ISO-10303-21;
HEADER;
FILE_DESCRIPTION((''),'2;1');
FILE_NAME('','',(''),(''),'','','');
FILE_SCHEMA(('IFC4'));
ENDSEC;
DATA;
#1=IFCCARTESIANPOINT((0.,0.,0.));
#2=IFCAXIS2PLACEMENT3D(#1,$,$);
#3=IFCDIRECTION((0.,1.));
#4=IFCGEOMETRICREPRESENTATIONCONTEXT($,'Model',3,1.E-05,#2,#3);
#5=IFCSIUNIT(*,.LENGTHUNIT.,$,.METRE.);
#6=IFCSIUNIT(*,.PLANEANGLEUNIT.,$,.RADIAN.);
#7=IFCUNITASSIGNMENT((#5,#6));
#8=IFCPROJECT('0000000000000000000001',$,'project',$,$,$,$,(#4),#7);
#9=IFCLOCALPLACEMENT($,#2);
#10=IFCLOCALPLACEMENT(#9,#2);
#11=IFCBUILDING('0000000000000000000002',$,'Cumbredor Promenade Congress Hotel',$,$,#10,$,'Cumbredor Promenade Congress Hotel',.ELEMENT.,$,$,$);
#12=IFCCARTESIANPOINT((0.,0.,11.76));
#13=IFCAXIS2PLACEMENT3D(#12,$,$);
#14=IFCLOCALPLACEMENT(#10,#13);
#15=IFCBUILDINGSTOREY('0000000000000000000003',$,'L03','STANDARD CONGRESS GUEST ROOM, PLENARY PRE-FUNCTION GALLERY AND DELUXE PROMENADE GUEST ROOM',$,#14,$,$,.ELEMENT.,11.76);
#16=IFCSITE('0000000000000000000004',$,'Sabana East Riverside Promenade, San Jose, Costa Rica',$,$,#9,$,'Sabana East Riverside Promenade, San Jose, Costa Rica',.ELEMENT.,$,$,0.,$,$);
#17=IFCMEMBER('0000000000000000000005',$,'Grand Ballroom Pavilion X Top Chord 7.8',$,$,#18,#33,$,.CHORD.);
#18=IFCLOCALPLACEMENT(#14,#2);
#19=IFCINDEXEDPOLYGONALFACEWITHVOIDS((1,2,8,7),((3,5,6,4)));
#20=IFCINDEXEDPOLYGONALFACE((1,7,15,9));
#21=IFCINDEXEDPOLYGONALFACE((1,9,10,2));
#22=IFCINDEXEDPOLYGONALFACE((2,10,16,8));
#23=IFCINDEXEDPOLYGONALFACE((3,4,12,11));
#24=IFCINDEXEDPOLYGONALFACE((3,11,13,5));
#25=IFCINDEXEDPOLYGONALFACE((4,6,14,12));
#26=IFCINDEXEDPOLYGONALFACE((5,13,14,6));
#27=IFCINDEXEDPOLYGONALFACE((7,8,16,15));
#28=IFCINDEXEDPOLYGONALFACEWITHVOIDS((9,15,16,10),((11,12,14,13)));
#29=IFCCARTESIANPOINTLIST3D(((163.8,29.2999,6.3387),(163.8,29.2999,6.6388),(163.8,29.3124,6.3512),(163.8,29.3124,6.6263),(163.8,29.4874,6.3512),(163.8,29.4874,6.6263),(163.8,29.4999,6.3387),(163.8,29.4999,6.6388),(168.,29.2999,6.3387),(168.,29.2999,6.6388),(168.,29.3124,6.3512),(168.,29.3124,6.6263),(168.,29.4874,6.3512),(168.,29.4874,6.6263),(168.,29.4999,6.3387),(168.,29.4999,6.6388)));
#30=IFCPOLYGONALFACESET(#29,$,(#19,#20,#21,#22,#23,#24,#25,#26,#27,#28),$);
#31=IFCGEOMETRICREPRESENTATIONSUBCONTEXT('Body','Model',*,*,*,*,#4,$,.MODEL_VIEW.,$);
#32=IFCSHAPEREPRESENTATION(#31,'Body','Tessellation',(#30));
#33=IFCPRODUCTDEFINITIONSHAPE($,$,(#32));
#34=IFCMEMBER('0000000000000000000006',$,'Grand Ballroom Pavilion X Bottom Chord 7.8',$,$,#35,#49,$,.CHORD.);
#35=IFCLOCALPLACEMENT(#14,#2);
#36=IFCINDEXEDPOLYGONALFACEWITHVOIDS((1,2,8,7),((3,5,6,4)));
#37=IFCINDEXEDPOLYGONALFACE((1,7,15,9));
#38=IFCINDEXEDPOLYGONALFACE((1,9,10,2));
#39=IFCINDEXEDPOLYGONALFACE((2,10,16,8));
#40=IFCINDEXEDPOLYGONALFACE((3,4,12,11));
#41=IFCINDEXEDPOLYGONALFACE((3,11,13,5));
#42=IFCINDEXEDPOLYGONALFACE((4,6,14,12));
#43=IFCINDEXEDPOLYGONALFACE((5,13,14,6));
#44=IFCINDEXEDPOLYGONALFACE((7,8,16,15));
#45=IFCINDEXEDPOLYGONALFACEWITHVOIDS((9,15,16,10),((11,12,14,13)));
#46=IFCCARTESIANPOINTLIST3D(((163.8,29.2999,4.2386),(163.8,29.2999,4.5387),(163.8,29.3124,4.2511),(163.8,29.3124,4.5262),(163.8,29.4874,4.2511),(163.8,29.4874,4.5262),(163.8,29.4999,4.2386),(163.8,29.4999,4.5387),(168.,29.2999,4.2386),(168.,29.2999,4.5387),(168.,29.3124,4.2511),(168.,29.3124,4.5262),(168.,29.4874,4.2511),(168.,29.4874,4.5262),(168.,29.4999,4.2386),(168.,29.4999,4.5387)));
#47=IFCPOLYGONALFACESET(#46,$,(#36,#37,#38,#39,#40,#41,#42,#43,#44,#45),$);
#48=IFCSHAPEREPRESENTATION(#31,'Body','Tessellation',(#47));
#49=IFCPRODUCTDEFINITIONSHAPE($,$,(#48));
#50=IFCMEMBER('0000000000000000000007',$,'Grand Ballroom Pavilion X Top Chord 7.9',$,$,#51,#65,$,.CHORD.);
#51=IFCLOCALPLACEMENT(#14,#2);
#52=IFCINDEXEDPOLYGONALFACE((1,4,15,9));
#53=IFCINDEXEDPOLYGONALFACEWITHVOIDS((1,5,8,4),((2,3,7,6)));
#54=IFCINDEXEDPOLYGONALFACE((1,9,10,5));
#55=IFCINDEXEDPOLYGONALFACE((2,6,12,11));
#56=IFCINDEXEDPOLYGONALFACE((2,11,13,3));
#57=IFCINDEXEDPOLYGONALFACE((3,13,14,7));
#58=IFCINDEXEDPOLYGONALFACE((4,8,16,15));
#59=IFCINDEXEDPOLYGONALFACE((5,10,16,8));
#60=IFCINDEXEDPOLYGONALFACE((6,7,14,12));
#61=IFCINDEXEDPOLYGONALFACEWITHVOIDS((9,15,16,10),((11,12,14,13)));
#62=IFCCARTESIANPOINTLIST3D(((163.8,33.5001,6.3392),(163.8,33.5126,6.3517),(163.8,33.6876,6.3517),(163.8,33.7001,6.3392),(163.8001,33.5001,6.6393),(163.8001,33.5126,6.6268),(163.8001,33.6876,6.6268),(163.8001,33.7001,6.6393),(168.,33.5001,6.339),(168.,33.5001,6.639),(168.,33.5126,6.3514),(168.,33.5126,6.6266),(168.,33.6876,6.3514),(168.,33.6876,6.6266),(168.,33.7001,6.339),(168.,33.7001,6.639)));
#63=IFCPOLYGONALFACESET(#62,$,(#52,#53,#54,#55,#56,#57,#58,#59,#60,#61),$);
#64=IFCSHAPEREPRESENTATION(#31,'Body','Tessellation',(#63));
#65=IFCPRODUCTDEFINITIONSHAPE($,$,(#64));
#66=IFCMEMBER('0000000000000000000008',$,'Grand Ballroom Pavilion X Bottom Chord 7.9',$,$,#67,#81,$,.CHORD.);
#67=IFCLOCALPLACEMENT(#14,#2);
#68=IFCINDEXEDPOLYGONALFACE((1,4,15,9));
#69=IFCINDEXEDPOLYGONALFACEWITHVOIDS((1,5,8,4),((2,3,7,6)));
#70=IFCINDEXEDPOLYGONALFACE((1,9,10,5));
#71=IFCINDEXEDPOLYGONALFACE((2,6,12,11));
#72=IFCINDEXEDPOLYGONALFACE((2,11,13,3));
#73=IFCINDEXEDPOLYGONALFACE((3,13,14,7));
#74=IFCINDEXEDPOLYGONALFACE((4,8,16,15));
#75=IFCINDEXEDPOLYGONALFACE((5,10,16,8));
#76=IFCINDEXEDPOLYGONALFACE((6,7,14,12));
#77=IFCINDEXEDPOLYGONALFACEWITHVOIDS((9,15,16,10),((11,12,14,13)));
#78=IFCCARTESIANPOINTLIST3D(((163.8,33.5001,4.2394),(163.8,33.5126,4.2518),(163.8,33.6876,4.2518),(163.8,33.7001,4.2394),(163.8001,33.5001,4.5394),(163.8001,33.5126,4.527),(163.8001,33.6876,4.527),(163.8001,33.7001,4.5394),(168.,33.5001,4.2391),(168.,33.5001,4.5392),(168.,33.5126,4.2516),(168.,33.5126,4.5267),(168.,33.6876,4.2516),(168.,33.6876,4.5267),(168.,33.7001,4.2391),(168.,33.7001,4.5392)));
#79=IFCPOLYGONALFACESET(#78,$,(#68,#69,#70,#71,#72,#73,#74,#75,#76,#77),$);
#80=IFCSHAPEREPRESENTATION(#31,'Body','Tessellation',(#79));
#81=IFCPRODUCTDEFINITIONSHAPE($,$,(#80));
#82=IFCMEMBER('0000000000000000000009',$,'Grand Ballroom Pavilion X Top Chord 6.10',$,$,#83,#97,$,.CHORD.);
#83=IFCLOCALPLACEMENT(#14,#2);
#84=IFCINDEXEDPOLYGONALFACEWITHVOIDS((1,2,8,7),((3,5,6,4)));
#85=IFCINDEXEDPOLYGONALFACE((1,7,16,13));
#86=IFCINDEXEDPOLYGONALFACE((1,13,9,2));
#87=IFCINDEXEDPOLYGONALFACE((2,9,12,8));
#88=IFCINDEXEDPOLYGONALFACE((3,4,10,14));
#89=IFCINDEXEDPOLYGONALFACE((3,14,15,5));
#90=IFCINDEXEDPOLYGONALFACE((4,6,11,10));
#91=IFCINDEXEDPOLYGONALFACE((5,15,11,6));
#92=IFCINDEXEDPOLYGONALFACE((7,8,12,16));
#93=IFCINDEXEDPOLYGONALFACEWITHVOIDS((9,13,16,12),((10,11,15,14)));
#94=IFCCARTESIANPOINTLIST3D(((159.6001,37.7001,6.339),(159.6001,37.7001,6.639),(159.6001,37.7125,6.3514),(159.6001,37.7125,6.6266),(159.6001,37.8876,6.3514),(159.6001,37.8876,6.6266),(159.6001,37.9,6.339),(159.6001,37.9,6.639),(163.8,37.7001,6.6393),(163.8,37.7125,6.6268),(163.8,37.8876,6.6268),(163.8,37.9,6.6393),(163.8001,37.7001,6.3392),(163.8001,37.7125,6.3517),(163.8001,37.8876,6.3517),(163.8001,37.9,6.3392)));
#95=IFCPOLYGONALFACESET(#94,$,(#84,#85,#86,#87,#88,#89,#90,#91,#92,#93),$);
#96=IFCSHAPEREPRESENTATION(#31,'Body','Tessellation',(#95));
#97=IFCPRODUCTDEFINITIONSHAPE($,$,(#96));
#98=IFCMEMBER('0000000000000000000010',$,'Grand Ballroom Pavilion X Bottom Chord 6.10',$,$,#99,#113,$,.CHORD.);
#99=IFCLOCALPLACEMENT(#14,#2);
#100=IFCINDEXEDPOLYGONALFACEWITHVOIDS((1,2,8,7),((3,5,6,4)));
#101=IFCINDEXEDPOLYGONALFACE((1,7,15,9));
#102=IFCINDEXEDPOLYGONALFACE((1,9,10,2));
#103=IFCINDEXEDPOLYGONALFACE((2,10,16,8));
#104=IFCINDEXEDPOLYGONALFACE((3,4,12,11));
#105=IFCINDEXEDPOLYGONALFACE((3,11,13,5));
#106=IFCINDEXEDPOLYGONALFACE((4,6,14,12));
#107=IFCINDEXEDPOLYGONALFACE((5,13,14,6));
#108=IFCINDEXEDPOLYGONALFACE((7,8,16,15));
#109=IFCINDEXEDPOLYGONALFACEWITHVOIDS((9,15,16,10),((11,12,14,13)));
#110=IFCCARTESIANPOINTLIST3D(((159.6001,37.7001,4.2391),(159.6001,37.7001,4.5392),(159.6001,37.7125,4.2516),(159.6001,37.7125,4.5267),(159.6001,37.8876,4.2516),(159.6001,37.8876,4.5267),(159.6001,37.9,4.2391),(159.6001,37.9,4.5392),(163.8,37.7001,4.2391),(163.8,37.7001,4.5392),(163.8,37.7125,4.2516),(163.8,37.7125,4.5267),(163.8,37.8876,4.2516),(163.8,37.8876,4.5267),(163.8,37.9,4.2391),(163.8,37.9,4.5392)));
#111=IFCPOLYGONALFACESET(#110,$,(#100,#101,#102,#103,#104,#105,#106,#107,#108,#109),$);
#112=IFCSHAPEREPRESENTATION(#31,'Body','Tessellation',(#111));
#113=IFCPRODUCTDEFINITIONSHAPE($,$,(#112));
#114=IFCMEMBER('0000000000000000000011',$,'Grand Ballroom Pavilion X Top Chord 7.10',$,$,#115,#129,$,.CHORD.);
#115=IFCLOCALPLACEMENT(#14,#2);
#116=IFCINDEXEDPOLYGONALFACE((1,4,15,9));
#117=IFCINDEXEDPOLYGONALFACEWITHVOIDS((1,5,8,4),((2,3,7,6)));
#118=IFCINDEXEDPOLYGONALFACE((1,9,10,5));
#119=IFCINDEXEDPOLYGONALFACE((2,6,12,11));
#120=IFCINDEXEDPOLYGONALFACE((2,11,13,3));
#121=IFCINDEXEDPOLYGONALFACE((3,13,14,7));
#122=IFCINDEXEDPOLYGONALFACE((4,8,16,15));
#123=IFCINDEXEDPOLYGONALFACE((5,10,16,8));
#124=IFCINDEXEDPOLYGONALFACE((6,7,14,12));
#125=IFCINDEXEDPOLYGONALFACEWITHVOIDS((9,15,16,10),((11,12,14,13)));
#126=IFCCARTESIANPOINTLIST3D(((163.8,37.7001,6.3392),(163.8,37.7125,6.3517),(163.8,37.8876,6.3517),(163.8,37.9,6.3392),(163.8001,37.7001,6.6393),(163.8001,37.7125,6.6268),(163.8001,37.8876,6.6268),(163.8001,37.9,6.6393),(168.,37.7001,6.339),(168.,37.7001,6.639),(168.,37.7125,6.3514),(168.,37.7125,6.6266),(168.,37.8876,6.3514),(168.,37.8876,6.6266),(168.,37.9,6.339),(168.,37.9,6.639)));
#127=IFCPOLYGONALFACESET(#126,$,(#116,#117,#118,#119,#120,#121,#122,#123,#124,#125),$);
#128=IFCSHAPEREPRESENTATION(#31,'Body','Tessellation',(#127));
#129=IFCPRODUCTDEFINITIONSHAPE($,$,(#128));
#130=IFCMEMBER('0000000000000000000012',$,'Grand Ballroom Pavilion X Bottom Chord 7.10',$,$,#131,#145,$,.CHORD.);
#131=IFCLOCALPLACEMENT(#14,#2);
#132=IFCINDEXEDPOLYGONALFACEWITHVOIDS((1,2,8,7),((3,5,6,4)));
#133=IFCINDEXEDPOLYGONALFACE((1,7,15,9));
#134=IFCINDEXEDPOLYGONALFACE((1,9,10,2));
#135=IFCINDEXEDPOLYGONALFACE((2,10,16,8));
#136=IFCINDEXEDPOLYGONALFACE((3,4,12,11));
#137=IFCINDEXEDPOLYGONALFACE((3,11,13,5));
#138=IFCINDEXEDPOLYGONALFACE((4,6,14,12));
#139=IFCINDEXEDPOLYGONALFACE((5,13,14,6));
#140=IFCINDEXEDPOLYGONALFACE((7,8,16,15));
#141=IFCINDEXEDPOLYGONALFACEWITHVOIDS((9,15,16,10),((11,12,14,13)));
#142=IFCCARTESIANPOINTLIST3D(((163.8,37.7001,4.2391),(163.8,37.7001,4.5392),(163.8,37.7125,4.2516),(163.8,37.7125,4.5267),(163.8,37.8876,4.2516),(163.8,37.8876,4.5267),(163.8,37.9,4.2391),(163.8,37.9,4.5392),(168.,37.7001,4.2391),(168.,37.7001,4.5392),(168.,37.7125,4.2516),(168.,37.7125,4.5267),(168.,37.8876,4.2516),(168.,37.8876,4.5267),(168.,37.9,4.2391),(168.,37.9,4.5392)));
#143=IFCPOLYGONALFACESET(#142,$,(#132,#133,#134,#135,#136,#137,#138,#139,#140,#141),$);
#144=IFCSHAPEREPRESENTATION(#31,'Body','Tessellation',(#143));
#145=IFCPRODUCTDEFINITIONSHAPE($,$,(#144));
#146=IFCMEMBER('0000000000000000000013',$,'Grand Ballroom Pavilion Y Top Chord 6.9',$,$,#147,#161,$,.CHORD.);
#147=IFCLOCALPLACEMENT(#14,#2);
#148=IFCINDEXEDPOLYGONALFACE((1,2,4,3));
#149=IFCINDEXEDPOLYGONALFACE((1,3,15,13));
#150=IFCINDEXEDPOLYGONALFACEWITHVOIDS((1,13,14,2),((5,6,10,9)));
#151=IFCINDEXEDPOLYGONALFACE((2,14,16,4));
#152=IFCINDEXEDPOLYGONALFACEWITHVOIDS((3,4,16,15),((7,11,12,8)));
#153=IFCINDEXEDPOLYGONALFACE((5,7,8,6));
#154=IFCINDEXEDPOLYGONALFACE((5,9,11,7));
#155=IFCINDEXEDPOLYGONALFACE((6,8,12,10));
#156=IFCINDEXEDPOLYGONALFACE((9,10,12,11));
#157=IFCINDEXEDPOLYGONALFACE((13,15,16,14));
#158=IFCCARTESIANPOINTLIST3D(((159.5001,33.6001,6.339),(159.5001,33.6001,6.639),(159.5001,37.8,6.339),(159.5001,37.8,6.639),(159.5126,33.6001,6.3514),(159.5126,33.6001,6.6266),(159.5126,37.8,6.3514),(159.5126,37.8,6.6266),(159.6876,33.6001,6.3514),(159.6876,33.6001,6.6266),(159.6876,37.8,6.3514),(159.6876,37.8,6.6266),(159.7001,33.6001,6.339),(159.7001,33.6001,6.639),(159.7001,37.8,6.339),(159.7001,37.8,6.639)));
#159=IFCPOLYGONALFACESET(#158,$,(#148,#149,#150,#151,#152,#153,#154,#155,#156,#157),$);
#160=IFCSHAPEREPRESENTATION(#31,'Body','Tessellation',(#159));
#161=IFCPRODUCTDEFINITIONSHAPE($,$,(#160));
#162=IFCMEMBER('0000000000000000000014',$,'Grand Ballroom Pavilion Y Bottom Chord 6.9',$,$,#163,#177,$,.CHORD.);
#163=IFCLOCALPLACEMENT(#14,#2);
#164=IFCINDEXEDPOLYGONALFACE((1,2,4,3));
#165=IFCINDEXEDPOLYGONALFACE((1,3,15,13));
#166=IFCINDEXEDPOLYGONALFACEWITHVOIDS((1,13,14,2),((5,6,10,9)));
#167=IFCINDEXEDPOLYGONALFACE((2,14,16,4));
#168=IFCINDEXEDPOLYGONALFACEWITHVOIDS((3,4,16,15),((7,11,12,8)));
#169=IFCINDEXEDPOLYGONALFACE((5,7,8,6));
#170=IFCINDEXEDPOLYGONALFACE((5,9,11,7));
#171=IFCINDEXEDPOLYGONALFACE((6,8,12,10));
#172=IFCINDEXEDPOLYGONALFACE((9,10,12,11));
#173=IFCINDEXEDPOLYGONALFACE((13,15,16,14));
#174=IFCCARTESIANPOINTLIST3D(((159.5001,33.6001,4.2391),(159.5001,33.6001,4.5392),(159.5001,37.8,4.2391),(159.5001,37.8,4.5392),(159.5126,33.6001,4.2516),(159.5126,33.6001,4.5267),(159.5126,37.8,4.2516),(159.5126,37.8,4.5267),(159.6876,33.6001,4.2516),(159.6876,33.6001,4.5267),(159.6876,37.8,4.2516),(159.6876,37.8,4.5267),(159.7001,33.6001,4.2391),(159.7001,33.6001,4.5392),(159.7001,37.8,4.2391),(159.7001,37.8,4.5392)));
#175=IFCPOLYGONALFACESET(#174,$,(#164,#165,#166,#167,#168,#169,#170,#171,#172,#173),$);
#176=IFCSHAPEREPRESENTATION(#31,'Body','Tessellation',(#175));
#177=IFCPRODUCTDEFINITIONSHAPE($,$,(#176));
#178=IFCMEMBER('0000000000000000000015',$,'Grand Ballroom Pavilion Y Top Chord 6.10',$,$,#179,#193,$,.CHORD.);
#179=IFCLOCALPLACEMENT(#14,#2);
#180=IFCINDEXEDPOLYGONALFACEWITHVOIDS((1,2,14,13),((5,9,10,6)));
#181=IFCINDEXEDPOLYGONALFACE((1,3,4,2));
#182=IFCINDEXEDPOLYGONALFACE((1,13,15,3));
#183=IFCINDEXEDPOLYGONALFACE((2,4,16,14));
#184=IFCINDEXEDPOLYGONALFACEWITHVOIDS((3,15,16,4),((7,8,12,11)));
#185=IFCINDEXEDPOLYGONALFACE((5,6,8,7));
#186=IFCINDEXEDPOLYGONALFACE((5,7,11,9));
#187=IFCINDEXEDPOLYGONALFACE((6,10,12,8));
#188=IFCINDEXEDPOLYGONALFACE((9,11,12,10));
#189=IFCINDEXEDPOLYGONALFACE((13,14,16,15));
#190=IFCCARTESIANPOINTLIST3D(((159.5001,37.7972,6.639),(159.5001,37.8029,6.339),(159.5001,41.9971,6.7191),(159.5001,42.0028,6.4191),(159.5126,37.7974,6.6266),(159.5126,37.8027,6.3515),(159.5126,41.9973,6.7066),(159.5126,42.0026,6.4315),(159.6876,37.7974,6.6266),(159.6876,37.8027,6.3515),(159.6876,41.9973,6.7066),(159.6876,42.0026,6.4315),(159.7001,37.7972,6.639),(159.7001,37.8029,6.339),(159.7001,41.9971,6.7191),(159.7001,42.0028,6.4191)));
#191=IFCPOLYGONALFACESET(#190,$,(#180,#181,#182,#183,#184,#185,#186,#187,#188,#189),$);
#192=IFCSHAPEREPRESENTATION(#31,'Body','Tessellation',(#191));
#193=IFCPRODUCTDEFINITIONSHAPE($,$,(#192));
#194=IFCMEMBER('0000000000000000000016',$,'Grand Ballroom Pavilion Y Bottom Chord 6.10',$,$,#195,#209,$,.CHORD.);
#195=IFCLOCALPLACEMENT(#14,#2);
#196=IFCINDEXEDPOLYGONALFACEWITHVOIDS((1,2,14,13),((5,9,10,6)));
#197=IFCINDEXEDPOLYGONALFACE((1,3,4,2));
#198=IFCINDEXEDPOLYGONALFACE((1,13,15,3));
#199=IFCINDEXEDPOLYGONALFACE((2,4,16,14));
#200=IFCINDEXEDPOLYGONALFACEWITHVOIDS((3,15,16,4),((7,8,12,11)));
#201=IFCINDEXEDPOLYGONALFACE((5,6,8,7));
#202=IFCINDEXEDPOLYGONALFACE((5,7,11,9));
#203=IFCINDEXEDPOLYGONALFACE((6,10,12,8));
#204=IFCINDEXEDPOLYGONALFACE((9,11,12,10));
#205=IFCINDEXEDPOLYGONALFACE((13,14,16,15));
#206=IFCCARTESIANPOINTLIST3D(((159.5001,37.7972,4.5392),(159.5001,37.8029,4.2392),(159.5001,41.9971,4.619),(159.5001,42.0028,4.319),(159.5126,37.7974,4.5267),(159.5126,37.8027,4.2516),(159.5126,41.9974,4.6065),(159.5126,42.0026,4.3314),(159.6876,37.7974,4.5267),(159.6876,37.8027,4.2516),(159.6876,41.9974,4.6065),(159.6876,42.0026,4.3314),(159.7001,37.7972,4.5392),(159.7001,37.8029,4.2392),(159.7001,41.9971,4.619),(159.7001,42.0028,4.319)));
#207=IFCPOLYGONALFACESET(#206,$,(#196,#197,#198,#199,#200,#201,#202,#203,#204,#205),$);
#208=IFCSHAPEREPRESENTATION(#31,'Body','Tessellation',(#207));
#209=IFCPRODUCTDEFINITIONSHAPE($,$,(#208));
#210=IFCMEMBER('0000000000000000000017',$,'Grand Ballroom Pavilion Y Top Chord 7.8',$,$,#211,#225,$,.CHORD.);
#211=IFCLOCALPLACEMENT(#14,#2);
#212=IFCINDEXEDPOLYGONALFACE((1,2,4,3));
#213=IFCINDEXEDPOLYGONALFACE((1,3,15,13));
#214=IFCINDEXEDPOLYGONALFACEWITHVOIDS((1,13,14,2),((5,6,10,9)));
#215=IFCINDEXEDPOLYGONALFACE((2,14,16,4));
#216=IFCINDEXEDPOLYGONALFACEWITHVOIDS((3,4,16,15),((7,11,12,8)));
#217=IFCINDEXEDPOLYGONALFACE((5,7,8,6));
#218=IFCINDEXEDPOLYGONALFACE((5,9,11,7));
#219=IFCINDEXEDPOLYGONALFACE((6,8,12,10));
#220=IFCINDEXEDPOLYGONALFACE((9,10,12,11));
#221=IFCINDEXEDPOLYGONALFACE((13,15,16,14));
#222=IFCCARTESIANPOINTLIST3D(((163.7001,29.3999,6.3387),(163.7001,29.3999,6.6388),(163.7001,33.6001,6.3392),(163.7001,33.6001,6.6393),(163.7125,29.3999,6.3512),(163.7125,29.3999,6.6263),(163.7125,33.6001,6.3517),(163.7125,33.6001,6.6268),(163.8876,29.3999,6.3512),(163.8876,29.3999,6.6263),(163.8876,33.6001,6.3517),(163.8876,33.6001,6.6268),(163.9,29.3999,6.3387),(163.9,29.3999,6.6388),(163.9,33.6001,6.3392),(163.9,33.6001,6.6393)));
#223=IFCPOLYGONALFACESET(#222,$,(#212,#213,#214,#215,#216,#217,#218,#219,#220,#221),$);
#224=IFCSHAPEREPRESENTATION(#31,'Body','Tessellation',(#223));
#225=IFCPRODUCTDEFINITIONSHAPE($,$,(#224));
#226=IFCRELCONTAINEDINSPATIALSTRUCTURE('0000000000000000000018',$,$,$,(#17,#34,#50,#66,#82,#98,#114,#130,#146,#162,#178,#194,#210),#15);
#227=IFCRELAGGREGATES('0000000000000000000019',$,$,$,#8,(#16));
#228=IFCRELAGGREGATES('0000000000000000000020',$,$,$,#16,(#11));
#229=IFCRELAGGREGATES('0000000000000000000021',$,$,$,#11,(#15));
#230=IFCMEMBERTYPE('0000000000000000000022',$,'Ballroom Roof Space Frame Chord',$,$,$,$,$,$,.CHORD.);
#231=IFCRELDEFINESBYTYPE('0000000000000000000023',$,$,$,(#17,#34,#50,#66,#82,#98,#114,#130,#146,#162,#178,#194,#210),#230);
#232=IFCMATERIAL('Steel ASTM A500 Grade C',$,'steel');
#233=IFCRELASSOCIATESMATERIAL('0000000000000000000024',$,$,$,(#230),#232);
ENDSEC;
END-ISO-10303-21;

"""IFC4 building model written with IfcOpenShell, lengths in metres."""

from ifc_helpers import new_model, si_unit, direction, frame, origin, origin_2d, place, context, subcontext, project, spatial, hollow_rectangle, extrude, material, material_profile, profile_set, type_object, element, save


model = new_model("IFC4")

# Units and contexts
model_context = context("Model", 3, precision=1e-05, world=origin(), true_north=direction((0.0, 1.0)))
body_context = subcontext(model_context, "Body", "Model", "MODEL_VIEW")
ifc_project = project(units=[si_unit("LENGTHUNIT", "METRE"), si_unit("PLANEANGLEUNIT", "RADIAN")], contexts=[model_context])

# Site, building, storey
site_placement = place(None, origin())
site = spatial("IfcSite", under=ifc_project, at=site_placement, Name="Sabana East Riverside Promenade, San Jose, Costa Rica", LongName="Sabana East Riverside Promenade, San Jose, Costa Rica", CompositionType="ELEMENT", RefElevation=0.0)
building_placement = place(site_placement, origin())
building = spatial("IfcBuilding", under=site, at=building_placement, Name="Cumbredor Promenade Congress Hotel", LongName="Cumbredor Promenade Congress Hotel", CompositionType="ELEMENT")
storey_placement = place(building_placement, frame((0.0, 0.0, 11.76)))
storey = spatial("IfcBuildingStorey", under=building, at=storey_placement, Name="L03", Description="STANDARD CONGRESS GUEST ROOM, PLENARY PRE-FUNCTION GALLERY AND DELUXE PROMENADE GUEST ROOM", CompositionType="ELEMENT", Elevation=11.76)

# Members
ifc_material_1 = material(Name="Steel ASTM A500 Grade C", Category="steel")
ifc_material_profile_1 = material_profile(ifc_material_1, hollow_rectangle(XDim=0.2, YDim=0.3, WallThickness=0.0125, at=origin_2d()), Name="HSS 300x200x12.5")
ifc_profile_set_1 = profile_set([ifc_material_profile_1], Name="Steel ASTM A500 Grade C")
member_type_1 = type_object("IfcMemberType", Name="Ballroom Roof Space Frame Chord", PredefinedType="CHORD", material=ifc_profile_set_1)
for number, where, z_axis, x_axis, name in (
    (1, (163.8, 29.3999, 6.4888), (1.0, 0.0, 0.0), (0.0, 1.0, 0.0), "Grand Ballroom Pavilion X Top Chord 7.8"),
    (2, (163.8, 29.3999, 4.3887), (1.0, 0.0, 0.0), (0.0, 1.0, 0.0), "Grand Ballroom Pavilion X Bottom Chord 7.8"),
    (3, (163.8, 33.6001, 6.4893), (1.0, 0.0, -0.000058), (0.0, 1.0, 0.0), "Grand Ballroom Pavilion X Top Chord 7.9"),
    (4, (163.8, 33.6001, 4.3894), (1.0, 0.0, -0.000058), (0.0, 1.0, 0.0), "Grand Ballroom Pavilion X Bottom Chord 7.9"),
    (5, (159.6001, 37.8, 6.489), (1.0, 0.0, 0.000058), (0.0, 1.0, 0.0), "Grand Ballroom Pavilion X Top Chord 6.10"),
    (6, (159.6001, 37.8, 4.3892), (1.0, 0.0, 0.0), (0.0, 1.0, 0.0), "Grand Ballroom Pavilion X Bottom Chord 6.10"),
    (7, (163.8, 37.8, 6.4893), (1.0, 0.0, -0.000058), (0.0, 1.0, 0.0), "Grand Ballroom Pavilion X Top Chord 7.10"),
    (8, (163.8, 37.8, 4.3892), (1.0, 0.0, 0.0), (0.0, 1.0, 0.0), "Grand Ballroom Pavilion X Bottom Chord 7.10"),
    (9, (159.6001, 33.6001, 6.489), (0.0, 1.0, 0.0), (-1.0, 0.0, 0.0), "Grand Ballroom Pavilion Y Top Chord 6.9"),
    (10, (159.6001, 33.6001, 4.3892), (0.0, 1.0, 0.0), (-1.0, 0.0, 0.0), "Grand Ballroom Pavilion Y Bottom Chord 6.9"),
):
    element("IfcMember", number, at=place(storey_placement, frame(where, z_axis=z_axis, x_axis=x_axis)), inside=storey, type_object=member_type_1, Name=name, PredefinedType="CHORD", context=body_context, shape_type="SweptSolid", body=[
        extrude(hollow_rectangle(XDim=0.2, YDim=0.3, WallThickness=0.0125, at=origin_2d()), origin(), (0.0, 0.0, 1.0), 4.2),
    ])
for number, where, z_axis, x_axis, name in (
    (11, (159.6001, 37.8, 6.489), (0.0, 0.999818, 0.019063), (-1.0, 0.0, 0.0), "Grand Ballroom Pavilion Y Top Chord 6.10"),
    (12, (159.6001, 37.8, 4.3892), (0.0, 0.999819, 0.019005), (-1.0, 0.0, 0.0), "Grand Ballroom Pavilion Y Bottom Chord 6.10"),
):
    element("IfcMember", number, at=place(storey_placement, frame(where, z_axis=z_axis, x_axis=x_axis)), inside=storey, type_object=member_type_1, Name=name, PredefinedType="CHORD", context=body_context, shape_type="SweptSolid", body=[
        extrude(hollow_rectangle(XDim=0.2, YDim=0.3, WallThickness=0.0125, at=origin_2d()), origin(), (0.0, 0.0, 1.0), 4.2007),
    ])
for number, where, z_axis, x_axis, name in (
    (13, (163.8, 29.3999, 6.4888), (0.0, 1.0, 0.000116), (-1.0, 0.0, 0.0), "Grand Ballroom Pavilion Y Top Chord 7.8"),
):
    element("IfcMember", number, at=place(storey_placement, frame(where, z_axis=z_axis, x_axis=x_axis)), inside=storey, type_object=member_type_1, Name=name, PredefinedType="CHORD", context=body_context, shape_type="SweptSolid", body=[
        extrude(hollow_rectangle(XDim=0.2, YDim=0.3, WallThickness=0.0125, at=origin_2d()), origin(), (0.0, 0.0, 1.0), 4.2002),
    ])

save(model, "model.ifc")
